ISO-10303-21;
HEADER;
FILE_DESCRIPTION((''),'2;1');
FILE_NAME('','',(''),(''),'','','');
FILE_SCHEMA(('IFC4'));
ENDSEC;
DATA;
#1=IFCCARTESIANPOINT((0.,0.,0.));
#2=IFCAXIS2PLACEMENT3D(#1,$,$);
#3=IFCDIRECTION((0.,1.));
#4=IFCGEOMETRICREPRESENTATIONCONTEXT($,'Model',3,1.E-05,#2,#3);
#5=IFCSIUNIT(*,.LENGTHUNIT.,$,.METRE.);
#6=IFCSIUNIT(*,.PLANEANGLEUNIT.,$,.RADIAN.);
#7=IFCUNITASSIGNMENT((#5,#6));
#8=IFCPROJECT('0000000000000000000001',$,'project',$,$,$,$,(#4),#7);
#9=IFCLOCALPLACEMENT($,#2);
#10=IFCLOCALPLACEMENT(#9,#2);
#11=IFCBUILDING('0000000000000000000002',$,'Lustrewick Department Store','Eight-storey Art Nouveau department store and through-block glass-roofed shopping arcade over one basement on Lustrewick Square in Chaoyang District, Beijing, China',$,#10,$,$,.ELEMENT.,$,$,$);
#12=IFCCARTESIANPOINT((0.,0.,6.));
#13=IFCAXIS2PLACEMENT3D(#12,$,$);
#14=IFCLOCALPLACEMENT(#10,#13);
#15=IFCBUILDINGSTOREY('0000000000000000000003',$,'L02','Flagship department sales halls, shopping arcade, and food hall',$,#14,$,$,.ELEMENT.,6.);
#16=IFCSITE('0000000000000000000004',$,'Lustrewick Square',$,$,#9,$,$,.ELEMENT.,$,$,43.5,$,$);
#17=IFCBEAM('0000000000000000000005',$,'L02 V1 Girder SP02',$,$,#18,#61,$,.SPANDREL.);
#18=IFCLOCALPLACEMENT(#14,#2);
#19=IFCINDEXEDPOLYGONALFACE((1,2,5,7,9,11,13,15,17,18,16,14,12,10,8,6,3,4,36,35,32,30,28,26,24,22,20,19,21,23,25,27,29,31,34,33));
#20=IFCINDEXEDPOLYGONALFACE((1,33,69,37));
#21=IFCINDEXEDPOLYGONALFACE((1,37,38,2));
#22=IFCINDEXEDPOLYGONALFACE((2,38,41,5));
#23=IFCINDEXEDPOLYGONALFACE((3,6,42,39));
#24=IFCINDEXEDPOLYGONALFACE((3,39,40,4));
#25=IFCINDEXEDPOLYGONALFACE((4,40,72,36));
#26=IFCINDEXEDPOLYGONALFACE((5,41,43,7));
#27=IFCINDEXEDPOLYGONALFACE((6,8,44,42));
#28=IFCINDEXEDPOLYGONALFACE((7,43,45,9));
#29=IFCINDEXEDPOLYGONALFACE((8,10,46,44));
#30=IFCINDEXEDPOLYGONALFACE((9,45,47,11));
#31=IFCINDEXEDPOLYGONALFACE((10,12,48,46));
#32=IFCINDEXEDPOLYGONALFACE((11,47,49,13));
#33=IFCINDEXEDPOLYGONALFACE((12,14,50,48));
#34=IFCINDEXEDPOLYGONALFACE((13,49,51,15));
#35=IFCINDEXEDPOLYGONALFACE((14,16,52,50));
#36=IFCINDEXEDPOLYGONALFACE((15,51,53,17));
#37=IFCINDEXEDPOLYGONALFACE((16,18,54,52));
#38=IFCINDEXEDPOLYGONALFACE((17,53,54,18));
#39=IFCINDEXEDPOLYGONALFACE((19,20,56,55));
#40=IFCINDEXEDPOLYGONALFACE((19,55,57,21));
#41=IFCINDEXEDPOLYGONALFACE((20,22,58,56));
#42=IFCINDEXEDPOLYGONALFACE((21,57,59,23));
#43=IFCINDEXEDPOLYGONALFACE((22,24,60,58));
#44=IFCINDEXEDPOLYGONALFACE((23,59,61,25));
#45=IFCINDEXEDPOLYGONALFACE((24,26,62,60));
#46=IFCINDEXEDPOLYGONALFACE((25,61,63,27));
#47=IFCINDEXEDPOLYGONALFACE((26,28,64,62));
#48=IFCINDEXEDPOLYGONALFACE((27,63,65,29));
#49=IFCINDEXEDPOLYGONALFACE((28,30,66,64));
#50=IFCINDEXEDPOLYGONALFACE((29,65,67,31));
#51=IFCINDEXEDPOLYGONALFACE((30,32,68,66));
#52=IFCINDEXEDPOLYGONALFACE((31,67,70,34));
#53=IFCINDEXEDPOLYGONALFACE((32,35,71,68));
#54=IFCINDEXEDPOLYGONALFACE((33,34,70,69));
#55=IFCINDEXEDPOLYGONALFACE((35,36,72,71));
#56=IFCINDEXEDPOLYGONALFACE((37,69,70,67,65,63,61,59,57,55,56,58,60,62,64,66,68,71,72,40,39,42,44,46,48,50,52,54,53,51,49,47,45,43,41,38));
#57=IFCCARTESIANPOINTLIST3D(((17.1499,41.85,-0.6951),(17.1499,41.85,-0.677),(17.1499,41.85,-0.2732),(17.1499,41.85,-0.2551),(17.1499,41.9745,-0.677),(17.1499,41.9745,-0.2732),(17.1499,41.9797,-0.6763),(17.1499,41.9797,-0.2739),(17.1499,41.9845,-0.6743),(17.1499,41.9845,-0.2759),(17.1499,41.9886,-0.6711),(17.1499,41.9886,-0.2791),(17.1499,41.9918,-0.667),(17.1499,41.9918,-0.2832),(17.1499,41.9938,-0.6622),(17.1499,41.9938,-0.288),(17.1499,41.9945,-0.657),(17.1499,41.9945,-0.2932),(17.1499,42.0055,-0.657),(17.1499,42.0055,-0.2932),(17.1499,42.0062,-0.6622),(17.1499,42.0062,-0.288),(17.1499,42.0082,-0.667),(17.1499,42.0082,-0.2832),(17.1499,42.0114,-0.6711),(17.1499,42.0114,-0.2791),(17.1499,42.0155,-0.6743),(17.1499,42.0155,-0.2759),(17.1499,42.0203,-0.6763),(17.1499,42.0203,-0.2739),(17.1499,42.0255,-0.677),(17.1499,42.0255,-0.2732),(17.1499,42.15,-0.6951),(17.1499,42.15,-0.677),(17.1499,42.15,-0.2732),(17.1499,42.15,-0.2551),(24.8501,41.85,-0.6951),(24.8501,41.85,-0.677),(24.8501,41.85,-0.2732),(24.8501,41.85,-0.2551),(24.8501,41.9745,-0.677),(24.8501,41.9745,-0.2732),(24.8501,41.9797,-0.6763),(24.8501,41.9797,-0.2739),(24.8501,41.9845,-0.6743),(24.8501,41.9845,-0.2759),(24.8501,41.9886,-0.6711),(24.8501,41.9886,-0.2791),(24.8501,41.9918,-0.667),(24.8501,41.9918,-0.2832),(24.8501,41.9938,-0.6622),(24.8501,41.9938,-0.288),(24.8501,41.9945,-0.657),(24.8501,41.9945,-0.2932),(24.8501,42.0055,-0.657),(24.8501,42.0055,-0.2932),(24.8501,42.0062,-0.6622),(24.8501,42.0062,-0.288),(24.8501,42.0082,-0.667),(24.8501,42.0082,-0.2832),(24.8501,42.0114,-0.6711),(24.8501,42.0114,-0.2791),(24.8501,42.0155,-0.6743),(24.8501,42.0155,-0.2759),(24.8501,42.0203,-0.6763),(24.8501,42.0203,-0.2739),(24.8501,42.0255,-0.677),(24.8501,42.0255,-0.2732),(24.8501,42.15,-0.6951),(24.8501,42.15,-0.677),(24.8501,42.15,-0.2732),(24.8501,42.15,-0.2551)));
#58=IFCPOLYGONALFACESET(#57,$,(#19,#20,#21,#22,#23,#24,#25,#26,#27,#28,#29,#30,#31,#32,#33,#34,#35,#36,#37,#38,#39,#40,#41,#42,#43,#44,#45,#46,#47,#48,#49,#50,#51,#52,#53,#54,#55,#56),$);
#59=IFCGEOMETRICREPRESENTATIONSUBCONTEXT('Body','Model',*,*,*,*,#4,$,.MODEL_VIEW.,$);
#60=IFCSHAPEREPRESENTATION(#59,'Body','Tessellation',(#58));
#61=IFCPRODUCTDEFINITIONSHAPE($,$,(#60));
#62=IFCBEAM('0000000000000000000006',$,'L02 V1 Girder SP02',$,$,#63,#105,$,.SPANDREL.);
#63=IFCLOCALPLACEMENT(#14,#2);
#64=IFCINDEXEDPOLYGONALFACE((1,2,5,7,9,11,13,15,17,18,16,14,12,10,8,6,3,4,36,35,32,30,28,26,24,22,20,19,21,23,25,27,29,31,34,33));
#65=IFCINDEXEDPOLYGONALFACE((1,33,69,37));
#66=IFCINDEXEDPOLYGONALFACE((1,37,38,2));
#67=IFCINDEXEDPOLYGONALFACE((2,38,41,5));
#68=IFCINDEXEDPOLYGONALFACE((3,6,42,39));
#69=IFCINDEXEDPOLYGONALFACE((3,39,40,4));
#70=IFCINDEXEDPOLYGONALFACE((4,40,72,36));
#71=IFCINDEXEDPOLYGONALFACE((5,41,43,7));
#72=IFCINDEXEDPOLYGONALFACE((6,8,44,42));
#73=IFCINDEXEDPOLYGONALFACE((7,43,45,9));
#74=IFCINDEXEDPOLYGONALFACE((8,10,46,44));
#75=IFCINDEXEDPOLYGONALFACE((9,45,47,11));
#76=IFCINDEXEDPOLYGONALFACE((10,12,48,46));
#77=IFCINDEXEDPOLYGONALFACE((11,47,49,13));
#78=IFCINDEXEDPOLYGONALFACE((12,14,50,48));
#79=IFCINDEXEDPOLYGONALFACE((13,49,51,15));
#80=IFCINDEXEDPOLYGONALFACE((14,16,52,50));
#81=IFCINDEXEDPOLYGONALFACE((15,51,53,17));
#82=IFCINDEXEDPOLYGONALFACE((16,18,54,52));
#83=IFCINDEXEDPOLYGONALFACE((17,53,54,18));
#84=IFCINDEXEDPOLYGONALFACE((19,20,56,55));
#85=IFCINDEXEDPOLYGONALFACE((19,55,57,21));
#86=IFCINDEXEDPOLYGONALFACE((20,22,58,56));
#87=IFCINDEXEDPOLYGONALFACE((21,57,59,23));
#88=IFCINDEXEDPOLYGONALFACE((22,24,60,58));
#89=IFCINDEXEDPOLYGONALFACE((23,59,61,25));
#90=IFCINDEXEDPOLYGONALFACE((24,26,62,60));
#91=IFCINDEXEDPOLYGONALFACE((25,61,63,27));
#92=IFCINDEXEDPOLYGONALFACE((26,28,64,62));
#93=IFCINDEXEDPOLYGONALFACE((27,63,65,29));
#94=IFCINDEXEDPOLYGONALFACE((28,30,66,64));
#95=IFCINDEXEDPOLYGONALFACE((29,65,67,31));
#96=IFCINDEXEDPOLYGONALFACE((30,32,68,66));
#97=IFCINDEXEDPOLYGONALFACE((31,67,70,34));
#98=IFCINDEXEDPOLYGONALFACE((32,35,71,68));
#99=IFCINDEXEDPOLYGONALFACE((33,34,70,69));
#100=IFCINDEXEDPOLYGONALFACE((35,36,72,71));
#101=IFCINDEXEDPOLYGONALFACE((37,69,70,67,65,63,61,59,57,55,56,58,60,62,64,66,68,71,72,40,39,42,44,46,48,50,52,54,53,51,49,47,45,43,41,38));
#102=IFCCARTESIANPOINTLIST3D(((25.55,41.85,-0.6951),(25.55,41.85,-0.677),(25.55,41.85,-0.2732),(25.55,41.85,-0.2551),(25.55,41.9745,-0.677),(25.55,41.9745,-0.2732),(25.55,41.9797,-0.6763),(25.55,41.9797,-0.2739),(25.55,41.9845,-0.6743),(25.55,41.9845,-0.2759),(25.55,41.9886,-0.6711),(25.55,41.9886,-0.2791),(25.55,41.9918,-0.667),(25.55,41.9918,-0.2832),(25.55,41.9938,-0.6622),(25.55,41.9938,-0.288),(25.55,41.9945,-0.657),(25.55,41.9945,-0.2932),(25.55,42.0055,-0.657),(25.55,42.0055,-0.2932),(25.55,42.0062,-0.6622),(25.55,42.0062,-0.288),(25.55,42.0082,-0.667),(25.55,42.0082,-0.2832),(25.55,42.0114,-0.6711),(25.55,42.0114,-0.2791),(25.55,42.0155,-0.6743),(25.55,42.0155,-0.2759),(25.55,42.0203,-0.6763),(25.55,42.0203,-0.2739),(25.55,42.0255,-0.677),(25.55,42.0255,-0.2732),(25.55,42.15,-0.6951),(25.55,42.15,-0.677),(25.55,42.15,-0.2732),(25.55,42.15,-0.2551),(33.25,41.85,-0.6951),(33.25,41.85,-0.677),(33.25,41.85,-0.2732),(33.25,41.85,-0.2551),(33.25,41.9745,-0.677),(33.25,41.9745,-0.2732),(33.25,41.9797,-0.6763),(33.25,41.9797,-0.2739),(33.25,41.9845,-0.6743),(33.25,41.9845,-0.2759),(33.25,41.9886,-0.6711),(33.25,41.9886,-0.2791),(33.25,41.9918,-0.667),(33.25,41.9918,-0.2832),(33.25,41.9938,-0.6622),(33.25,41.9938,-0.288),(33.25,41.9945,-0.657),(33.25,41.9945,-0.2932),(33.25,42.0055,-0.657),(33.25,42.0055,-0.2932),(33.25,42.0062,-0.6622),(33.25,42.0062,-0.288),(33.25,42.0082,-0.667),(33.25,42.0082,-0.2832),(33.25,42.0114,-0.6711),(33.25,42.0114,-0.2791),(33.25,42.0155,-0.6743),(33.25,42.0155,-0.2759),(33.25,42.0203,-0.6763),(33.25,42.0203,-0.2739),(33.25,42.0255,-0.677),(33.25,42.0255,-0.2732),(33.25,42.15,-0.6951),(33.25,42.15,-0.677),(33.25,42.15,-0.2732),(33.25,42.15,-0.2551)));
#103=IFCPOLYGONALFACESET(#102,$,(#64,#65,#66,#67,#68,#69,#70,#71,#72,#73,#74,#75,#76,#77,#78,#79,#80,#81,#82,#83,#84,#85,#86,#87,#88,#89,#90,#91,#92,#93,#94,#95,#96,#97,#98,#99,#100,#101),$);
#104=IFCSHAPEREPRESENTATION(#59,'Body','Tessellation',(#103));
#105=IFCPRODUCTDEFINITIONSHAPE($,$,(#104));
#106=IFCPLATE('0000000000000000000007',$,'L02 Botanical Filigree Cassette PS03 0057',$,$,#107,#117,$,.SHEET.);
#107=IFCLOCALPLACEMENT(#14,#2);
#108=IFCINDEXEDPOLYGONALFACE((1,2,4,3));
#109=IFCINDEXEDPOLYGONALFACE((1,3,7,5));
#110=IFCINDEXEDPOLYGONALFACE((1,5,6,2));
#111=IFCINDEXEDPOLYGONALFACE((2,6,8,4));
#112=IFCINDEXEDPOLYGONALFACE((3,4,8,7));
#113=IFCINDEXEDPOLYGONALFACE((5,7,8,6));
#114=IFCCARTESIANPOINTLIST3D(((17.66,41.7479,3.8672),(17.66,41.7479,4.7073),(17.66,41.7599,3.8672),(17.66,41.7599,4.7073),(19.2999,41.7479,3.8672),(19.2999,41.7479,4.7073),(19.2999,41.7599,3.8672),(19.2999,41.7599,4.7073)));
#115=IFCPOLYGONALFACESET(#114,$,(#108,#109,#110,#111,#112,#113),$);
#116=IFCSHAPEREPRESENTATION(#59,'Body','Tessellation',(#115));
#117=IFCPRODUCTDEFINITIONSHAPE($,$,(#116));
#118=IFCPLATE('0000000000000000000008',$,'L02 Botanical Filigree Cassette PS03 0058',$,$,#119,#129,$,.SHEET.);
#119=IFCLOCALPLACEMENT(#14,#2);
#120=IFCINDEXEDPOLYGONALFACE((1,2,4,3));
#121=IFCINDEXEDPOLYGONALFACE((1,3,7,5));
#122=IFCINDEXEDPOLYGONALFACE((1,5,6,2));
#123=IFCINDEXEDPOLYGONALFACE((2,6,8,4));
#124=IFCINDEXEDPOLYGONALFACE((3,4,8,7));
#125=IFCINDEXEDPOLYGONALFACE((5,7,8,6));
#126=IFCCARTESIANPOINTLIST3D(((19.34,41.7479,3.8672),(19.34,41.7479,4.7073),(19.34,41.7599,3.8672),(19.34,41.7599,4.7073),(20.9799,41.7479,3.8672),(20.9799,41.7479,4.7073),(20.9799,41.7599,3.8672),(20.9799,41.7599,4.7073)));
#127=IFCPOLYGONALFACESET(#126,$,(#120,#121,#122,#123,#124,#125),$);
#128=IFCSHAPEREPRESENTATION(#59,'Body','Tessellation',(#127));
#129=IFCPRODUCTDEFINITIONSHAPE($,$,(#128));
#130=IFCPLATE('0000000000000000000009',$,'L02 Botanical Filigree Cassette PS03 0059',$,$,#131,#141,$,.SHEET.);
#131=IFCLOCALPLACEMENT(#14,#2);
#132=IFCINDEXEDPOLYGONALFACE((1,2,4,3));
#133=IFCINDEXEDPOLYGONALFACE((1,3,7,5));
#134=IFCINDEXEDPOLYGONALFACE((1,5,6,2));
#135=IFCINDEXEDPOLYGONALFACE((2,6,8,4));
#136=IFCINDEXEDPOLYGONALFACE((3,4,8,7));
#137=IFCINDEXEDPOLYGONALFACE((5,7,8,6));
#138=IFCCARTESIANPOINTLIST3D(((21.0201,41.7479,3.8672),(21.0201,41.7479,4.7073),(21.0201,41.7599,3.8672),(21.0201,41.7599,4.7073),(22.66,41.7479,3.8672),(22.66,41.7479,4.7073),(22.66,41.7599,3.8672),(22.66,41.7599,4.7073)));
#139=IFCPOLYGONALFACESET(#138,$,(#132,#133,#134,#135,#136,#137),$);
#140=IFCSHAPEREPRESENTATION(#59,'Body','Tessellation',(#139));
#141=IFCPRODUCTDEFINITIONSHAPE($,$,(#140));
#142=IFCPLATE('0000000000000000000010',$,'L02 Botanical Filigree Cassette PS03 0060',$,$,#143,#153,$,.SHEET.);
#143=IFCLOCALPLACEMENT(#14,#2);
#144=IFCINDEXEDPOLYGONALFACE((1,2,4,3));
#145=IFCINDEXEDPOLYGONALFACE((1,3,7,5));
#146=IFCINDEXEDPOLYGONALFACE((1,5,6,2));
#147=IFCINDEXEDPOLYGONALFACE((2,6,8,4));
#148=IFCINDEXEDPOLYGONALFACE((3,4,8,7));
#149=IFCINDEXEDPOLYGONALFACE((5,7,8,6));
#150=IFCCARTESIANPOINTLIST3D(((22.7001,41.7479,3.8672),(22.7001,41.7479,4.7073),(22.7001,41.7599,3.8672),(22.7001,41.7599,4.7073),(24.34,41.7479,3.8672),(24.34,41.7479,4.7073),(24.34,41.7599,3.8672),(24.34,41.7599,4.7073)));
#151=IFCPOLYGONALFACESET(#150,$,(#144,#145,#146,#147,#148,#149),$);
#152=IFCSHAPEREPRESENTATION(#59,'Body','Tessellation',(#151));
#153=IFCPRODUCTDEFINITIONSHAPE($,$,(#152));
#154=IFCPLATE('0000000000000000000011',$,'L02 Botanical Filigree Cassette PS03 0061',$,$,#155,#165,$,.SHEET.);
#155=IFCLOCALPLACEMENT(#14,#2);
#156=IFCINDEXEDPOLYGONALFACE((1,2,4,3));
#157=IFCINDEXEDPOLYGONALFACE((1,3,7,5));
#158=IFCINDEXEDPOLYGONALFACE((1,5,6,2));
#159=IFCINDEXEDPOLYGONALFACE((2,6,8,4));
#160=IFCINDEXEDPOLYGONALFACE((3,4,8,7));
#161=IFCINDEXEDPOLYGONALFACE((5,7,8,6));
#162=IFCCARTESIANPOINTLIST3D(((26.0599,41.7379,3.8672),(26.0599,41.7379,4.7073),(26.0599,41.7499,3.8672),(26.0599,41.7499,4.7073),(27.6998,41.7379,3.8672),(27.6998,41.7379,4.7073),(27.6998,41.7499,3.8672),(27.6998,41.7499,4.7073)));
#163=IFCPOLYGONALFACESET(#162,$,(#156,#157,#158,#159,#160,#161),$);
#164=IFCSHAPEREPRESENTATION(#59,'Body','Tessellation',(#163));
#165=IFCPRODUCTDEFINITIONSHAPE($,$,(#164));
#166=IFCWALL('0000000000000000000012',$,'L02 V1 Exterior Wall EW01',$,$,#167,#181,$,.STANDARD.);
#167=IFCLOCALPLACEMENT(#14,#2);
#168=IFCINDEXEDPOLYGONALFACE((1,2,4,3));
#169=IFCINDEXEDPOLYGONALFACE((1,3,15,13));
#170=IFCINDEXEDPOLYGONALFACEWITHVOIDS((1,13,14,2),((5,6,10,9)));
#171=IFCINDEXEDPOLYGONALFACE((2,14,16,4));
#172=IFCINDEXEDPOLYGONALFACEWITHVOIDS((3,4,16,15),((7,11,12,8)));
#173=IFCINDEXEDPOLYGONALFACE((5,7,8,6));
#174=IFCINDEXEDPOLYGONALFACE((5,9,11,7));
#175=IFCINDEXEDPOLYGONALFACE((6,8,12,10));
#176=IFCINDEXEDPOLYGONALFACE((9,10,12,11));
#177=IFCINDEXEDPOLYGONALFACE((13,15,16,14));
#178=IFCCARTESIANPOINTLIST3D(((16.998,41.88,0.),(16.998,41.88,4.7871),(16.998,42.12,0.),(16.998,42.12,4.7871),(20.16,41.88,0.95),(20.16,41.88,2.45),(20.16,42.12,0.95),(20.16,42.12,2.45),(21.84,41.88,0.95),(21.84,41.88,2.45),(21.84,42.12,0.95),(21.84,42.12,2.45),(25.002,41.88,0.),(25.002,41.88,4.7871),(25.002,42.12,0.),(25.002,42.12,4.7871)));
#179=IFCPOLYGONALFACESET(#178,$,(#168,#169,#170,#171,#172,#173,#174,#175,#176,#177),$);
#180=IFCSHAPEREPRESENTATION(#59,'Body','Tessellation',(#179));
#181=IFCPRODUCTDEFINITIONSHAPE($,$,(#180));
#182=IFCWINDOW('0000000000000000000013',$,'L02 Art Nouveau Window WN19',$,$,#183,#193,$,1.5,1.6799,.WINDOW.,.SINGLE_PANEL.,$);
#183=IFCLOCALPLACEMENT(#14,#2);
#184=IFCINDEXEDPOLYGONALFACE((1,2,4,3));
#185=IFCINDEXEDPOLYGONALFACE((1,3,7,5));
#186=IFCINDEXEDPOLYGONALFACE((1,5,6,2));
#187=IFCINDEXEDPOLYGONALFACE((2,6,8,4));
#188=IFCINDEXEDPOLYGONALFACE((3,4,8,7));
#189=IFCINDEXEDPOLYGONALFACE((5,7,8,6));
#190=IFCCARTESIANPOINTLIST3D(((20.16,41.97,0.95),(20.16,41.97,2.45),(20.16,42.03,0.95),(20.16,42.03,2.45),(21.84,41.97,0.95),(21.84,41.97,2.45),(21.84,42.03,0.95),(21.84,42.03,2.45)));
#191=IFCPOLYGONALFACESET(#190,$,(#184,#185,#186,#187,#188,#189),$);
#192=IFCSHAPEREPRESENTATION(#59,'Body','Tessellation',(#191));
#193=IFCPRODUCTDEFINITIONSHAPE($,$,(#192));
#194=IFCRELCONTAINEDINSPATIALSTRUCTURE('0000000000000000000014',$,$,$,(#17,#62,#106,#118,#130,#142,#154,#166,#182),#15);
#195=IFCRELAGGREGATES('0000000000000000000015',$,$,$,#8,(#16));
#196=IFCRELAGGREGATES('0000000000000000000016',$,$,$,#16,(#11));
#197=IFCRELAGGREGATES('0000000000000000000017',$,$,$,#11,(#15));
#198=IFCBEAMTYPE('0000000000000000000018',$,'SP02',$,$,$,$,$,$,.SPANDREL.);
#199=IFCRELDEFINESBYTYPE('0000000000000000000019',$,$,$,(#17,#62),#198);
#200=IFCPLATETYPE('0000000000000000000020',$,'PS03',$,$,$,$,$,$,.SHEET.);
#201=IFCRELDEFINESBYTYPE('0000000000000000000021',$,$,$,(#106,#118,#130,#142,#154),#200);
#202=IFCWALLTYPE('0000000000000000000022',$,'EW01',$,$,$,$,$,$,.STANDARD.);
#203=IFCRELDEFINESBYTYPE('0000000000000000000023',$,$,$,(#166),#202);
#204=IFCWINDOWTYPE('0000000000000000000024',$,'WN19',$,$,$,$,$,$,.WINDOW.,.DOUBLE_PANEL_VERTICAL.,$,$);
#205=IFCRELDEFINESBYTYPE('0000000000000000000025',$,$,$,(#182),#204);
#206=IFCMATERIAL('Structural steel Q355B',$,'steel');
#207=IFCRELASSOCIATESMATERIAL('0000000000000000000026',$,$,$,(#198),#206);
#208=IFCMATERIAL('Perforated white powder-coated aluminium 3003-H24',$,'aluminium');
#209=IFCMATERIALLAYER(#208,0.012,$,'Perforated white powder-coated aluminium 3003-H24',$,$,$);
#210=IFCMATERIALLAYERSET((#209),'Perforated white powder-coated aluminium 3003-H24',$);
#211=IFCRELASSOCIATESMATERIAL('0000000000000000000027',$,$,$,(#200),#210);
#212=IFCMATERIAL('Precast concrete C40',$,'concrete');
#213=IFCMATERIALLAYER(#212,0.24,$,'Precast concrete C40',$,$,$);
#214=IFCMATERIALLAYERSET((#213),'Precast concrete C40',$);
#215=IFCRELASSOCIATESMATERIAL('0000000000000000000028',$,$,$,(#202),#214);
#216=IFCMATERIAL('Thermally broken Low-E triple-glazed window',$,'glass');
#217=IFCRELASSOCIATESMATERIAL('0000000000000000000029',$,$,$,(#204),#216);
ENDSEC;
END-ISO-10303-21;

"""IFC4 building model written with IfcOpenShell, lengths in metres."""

from ifc_helpers import new_model, si_unit, direction, frame, frame_2d, origin, origin_2d, place, context, subcontext, project, spatial, rectangle, i_section, extrude, material, layer, layer_set, material_profile, profile_set, type_object, element, fill, save


model = new_model("IFC4")

# Units and contexts
model_context = context("Model", 3, precision=1e-05, world=origin(), true_north=direction((0.0, 1.0)))
body_context = subcontext(model_context, "Body", "Model", "MODEL_VIEW")
ifc_project = project(units=[si_unit("LENGTHUNIT", "METRE"), si_unit("PLANEANGLEUNIT", "RADIAN")], contexts=[model_context])

# Site, building, storey
site_placement = place(None, origin())
site = spatial("IfcSite", under=ifc_project, at=site_placement, Name="Lustrewick Square", CompositionType="ELEMENT", RefElevation=43.5)
building_placement = place(site_placement, origin())
building = spatial("IfcBuilding", under=site, at=building_placement, Name="Lustrewick Department Store", Description="Eight-storey Art Nouveau department store and through-block glass-roofed shopping arcade over one basement on Lustrewick Square in Chaoyang District, Beijing, China", CompositionType="ELEMENT")
storey_placement = place(building_placement, frame((0.0, 0.0, 6.0)))
storey = spatial("IfcBuildingStorey", under=building, at=storey_placement, Name="L02", Description="Flagship department sales halls, shopping arcade, and food hall", CompositionType="ELEMENT", Elevation=6.0)

# Shared definitions
ifc_material_1 = material(Name="Structural steel Q355B", Category="steel")

# Beams
ifc_material_profile_1 = material_profile(ifc_material_1, i_section(OverallWidth=0.3, OverallDepth=0.4399, WebThickness=0.011, FlangeThickness=0.0181, FilletRadius=0.02, at=origin_2d()), Name="HM 440x300x11x18")
ifc_profile_set_1 = profile_set([ifc_material_profile_1], Name="Structural steel Q355B")
beam_type_1 = type_object("IfcBeamType", Name="SP02", PredefinedType="SPANDREL", material=ifc_profile_set_1)
beam_1_placement = place(storey_placement, frame((17.1499, 42.0, -0.4751), z_axis=(1.0, 0.0, 0.0), x_axis=(0.0, 1.0, 0.0)))
element("IfcBeam", 1, at=beam_1_placement, inside=storey, type_object=beam_type_1, Name="L02 V1 Girder SP02", PredefinedType="SPANDREL", context=body_context, shape_type="SweptSolid", body=[
    extrude(i_section(OverallWidth=0.3, OverallDepth=0.4399, WebThickness=0.011, FlangeThickness=0.0181, FilletRadius=0.02, at=origin_2d()), origin(), (0.0, 0.0, 1.0), 7.7002),
])
beam_2_placement = place(storey_placement, frame((25.55, 42.0, -0.4751), z_axis=(1.0, 0.0, 0.0), x_axis=(0.0, 1.0, 0.0)))
element("IfcBeam", 2, at=beam_2_placement, inside=storey, type_object=beam_type_1, Name="L02 V1 Girder SP02", PredefinedType="SPANDREL", context=body_context, shape_type="SweptSolid", body=[
    extrude(i_section(OverallWidth=0.3, OverallDepth=0.4399, WebThickness=0.011, FlangeThickness=0.0181, FilletRadius=0.02, at=origin_2d()), origin(), (0.0, 0.0, 1.0), 7.7),
])

# Plates
ifc_material_2 = material(Name="Perforated white powder-coated aluminium 3003-H24", Category="aluminium")
ifc_layer_1 = layer(ifc_material_2, 0.012, Name="Perforated white powder-coated aluminium 3003-H24")
ifc_layer_set_1 = layer_set([ifc_layer_1], Name="Perforated white powder-coated aluminium 3003-H24")
plate_type = type_object("IfcPlateType", Name="PS03", PredefinedType="SHEET", material=ifc_layer_set_1)
for number, where, z_axis, x_axis, name in (
    (3, (18.48, 41.7539, 3.8672), (0.0, 0.0, 1.0), (1.0, 0.0, 0.0), "L02 Botanical Filigree Cassette PS03 0057"),
    (4, (20.1599, 41.7539, 3.8672), (0.0, 0.0, 1.0), (1.0, 0.0, 0.0), "L02 Botanical Filigree Cassette PS03 0058"),
    (5, (21.8401, 41.7539, 3.8672), (0.0, 0.0, 1.0), (1.0, 0.0, 0.0), "L02 Botanical Filigree Cassette PS03 0059"),
    (6, (23.52, 41.7539, 3.8672), (0.0, 0.0, 1.0), (1.0, 0.0, 0.0), "L02 Botanical Filigree Cassette PS03 0060"),
    (7, (26.8799, 41.7439, 3.8672), (0.0, 0.0, 1.0), (1.0, 0.0, 0.0), "L02 Botanical Filigree Cassette PS03 0061"),
):
    element("IfcPlate", number, at=place(storey_placement, frame(where, z_axis=z_axis, x_axis=x_axis)), inside=storey, type_object=plate_type, Name=name, PredefinedType="SHEET", context=body_context, shape_type="SweptSolid", body=[
        extrude(rectangle(XDim=1.6399, YDim=0.012, at=origin_2d()), origin(), (0.0, 0.0, 1.0), 0.8401),
    ])

# Wall, opening, window
ifc_material_3 = material(Name="Precast concrete C40", Category="concrete")
ifc_layer_2 = layer(ifc_material_3, 0.24, Name="Precast concrete C40")
ifc_layer_set_2 = layer_set([ifc_layer_2], Name="Precast concrete C40")
wall_type_1 = type_object("IfcWallType", Name="EW01", PredefinedType="STANDARD", material=ifc_layer_set_2)
wall_1_placement = place(storey_placement, frame((16.998, 42.0, 0.0), z_axis=(0.0, 0.0, 1.0), x_axis=(1.0, 0.0, 0.0)))
wall_1 = element("IfcWall", 8, at=wall_1_placement, inside=storey, type_object=wall_type_1, Name="L02 V1 Exterior Wall EW01", PredefinedType="STANDARD", context=body_context, shape_type="SweptSolid", body=[
    extrude(rectangle(XDim=8.0039, YDim=0.24, at=frame_2d((4.002, 0.0))), origin(), (0.0, 0.0, 1.0), 4.7871),
])
opening_1_placement = place(wall_1_placement, frame((3.1621, 0.0, 0.95)))
opening_1 = element("IfcOpeningElement", 9, at=opening_1_placement, cuts=wall_1, PredefinedType="OPENING", context=body_context, shape_type="SweptSolid", body=[
    extrude(rectangle(XDim=1.6799, YDim=1.5, at=frame_2d((0.8398, 0.75))), frame((0.0, 0.1299, 0.0), z_axis=(0.0, -1.0, 0.0), x_axis=(1.0, 0.0, 0.0)), (0.0, 0.0, 1.0), 0.26),
])
ifc_material_4 = material(Name="Thermally broken Low-E triple-glazed window", Category="glass")
window_type_1 = type_object("IfcWindowType", Name="WN19", PartitioningType="DOUBLE_PANEL_VERTICAL", PredefinedType="WINDOW", material=ifc_material_4)
window_1_placement = place(opening_1_placement, origin())
window_1 = element("IfcWindow", 10, at=window_1_placement, inside=storey, type_object=window_type_1, Name="L02 Art Nouveau Window WN19", OverallHeight=1.5, OverallWidth=1.6799, PartitioningType="SINGLE_PANEL", PredefinedType="WINDOW", context=body_context, shape_type="SweptSolid", body=[
    extrude(rectangle(XDim=1.6799, YDim=1.5, at=frame_2d((0.8398, 0.75))), frame((0.0, 0.03, 0.0), z_axis=(0.0, -1.0, 0.0), x_axis=(1.0, 0.0, 0.0)), (0.0, 0.0, 1.0), 0.0601),
])
fill(opening_1, window_1)

save(model, "model.ifc")
